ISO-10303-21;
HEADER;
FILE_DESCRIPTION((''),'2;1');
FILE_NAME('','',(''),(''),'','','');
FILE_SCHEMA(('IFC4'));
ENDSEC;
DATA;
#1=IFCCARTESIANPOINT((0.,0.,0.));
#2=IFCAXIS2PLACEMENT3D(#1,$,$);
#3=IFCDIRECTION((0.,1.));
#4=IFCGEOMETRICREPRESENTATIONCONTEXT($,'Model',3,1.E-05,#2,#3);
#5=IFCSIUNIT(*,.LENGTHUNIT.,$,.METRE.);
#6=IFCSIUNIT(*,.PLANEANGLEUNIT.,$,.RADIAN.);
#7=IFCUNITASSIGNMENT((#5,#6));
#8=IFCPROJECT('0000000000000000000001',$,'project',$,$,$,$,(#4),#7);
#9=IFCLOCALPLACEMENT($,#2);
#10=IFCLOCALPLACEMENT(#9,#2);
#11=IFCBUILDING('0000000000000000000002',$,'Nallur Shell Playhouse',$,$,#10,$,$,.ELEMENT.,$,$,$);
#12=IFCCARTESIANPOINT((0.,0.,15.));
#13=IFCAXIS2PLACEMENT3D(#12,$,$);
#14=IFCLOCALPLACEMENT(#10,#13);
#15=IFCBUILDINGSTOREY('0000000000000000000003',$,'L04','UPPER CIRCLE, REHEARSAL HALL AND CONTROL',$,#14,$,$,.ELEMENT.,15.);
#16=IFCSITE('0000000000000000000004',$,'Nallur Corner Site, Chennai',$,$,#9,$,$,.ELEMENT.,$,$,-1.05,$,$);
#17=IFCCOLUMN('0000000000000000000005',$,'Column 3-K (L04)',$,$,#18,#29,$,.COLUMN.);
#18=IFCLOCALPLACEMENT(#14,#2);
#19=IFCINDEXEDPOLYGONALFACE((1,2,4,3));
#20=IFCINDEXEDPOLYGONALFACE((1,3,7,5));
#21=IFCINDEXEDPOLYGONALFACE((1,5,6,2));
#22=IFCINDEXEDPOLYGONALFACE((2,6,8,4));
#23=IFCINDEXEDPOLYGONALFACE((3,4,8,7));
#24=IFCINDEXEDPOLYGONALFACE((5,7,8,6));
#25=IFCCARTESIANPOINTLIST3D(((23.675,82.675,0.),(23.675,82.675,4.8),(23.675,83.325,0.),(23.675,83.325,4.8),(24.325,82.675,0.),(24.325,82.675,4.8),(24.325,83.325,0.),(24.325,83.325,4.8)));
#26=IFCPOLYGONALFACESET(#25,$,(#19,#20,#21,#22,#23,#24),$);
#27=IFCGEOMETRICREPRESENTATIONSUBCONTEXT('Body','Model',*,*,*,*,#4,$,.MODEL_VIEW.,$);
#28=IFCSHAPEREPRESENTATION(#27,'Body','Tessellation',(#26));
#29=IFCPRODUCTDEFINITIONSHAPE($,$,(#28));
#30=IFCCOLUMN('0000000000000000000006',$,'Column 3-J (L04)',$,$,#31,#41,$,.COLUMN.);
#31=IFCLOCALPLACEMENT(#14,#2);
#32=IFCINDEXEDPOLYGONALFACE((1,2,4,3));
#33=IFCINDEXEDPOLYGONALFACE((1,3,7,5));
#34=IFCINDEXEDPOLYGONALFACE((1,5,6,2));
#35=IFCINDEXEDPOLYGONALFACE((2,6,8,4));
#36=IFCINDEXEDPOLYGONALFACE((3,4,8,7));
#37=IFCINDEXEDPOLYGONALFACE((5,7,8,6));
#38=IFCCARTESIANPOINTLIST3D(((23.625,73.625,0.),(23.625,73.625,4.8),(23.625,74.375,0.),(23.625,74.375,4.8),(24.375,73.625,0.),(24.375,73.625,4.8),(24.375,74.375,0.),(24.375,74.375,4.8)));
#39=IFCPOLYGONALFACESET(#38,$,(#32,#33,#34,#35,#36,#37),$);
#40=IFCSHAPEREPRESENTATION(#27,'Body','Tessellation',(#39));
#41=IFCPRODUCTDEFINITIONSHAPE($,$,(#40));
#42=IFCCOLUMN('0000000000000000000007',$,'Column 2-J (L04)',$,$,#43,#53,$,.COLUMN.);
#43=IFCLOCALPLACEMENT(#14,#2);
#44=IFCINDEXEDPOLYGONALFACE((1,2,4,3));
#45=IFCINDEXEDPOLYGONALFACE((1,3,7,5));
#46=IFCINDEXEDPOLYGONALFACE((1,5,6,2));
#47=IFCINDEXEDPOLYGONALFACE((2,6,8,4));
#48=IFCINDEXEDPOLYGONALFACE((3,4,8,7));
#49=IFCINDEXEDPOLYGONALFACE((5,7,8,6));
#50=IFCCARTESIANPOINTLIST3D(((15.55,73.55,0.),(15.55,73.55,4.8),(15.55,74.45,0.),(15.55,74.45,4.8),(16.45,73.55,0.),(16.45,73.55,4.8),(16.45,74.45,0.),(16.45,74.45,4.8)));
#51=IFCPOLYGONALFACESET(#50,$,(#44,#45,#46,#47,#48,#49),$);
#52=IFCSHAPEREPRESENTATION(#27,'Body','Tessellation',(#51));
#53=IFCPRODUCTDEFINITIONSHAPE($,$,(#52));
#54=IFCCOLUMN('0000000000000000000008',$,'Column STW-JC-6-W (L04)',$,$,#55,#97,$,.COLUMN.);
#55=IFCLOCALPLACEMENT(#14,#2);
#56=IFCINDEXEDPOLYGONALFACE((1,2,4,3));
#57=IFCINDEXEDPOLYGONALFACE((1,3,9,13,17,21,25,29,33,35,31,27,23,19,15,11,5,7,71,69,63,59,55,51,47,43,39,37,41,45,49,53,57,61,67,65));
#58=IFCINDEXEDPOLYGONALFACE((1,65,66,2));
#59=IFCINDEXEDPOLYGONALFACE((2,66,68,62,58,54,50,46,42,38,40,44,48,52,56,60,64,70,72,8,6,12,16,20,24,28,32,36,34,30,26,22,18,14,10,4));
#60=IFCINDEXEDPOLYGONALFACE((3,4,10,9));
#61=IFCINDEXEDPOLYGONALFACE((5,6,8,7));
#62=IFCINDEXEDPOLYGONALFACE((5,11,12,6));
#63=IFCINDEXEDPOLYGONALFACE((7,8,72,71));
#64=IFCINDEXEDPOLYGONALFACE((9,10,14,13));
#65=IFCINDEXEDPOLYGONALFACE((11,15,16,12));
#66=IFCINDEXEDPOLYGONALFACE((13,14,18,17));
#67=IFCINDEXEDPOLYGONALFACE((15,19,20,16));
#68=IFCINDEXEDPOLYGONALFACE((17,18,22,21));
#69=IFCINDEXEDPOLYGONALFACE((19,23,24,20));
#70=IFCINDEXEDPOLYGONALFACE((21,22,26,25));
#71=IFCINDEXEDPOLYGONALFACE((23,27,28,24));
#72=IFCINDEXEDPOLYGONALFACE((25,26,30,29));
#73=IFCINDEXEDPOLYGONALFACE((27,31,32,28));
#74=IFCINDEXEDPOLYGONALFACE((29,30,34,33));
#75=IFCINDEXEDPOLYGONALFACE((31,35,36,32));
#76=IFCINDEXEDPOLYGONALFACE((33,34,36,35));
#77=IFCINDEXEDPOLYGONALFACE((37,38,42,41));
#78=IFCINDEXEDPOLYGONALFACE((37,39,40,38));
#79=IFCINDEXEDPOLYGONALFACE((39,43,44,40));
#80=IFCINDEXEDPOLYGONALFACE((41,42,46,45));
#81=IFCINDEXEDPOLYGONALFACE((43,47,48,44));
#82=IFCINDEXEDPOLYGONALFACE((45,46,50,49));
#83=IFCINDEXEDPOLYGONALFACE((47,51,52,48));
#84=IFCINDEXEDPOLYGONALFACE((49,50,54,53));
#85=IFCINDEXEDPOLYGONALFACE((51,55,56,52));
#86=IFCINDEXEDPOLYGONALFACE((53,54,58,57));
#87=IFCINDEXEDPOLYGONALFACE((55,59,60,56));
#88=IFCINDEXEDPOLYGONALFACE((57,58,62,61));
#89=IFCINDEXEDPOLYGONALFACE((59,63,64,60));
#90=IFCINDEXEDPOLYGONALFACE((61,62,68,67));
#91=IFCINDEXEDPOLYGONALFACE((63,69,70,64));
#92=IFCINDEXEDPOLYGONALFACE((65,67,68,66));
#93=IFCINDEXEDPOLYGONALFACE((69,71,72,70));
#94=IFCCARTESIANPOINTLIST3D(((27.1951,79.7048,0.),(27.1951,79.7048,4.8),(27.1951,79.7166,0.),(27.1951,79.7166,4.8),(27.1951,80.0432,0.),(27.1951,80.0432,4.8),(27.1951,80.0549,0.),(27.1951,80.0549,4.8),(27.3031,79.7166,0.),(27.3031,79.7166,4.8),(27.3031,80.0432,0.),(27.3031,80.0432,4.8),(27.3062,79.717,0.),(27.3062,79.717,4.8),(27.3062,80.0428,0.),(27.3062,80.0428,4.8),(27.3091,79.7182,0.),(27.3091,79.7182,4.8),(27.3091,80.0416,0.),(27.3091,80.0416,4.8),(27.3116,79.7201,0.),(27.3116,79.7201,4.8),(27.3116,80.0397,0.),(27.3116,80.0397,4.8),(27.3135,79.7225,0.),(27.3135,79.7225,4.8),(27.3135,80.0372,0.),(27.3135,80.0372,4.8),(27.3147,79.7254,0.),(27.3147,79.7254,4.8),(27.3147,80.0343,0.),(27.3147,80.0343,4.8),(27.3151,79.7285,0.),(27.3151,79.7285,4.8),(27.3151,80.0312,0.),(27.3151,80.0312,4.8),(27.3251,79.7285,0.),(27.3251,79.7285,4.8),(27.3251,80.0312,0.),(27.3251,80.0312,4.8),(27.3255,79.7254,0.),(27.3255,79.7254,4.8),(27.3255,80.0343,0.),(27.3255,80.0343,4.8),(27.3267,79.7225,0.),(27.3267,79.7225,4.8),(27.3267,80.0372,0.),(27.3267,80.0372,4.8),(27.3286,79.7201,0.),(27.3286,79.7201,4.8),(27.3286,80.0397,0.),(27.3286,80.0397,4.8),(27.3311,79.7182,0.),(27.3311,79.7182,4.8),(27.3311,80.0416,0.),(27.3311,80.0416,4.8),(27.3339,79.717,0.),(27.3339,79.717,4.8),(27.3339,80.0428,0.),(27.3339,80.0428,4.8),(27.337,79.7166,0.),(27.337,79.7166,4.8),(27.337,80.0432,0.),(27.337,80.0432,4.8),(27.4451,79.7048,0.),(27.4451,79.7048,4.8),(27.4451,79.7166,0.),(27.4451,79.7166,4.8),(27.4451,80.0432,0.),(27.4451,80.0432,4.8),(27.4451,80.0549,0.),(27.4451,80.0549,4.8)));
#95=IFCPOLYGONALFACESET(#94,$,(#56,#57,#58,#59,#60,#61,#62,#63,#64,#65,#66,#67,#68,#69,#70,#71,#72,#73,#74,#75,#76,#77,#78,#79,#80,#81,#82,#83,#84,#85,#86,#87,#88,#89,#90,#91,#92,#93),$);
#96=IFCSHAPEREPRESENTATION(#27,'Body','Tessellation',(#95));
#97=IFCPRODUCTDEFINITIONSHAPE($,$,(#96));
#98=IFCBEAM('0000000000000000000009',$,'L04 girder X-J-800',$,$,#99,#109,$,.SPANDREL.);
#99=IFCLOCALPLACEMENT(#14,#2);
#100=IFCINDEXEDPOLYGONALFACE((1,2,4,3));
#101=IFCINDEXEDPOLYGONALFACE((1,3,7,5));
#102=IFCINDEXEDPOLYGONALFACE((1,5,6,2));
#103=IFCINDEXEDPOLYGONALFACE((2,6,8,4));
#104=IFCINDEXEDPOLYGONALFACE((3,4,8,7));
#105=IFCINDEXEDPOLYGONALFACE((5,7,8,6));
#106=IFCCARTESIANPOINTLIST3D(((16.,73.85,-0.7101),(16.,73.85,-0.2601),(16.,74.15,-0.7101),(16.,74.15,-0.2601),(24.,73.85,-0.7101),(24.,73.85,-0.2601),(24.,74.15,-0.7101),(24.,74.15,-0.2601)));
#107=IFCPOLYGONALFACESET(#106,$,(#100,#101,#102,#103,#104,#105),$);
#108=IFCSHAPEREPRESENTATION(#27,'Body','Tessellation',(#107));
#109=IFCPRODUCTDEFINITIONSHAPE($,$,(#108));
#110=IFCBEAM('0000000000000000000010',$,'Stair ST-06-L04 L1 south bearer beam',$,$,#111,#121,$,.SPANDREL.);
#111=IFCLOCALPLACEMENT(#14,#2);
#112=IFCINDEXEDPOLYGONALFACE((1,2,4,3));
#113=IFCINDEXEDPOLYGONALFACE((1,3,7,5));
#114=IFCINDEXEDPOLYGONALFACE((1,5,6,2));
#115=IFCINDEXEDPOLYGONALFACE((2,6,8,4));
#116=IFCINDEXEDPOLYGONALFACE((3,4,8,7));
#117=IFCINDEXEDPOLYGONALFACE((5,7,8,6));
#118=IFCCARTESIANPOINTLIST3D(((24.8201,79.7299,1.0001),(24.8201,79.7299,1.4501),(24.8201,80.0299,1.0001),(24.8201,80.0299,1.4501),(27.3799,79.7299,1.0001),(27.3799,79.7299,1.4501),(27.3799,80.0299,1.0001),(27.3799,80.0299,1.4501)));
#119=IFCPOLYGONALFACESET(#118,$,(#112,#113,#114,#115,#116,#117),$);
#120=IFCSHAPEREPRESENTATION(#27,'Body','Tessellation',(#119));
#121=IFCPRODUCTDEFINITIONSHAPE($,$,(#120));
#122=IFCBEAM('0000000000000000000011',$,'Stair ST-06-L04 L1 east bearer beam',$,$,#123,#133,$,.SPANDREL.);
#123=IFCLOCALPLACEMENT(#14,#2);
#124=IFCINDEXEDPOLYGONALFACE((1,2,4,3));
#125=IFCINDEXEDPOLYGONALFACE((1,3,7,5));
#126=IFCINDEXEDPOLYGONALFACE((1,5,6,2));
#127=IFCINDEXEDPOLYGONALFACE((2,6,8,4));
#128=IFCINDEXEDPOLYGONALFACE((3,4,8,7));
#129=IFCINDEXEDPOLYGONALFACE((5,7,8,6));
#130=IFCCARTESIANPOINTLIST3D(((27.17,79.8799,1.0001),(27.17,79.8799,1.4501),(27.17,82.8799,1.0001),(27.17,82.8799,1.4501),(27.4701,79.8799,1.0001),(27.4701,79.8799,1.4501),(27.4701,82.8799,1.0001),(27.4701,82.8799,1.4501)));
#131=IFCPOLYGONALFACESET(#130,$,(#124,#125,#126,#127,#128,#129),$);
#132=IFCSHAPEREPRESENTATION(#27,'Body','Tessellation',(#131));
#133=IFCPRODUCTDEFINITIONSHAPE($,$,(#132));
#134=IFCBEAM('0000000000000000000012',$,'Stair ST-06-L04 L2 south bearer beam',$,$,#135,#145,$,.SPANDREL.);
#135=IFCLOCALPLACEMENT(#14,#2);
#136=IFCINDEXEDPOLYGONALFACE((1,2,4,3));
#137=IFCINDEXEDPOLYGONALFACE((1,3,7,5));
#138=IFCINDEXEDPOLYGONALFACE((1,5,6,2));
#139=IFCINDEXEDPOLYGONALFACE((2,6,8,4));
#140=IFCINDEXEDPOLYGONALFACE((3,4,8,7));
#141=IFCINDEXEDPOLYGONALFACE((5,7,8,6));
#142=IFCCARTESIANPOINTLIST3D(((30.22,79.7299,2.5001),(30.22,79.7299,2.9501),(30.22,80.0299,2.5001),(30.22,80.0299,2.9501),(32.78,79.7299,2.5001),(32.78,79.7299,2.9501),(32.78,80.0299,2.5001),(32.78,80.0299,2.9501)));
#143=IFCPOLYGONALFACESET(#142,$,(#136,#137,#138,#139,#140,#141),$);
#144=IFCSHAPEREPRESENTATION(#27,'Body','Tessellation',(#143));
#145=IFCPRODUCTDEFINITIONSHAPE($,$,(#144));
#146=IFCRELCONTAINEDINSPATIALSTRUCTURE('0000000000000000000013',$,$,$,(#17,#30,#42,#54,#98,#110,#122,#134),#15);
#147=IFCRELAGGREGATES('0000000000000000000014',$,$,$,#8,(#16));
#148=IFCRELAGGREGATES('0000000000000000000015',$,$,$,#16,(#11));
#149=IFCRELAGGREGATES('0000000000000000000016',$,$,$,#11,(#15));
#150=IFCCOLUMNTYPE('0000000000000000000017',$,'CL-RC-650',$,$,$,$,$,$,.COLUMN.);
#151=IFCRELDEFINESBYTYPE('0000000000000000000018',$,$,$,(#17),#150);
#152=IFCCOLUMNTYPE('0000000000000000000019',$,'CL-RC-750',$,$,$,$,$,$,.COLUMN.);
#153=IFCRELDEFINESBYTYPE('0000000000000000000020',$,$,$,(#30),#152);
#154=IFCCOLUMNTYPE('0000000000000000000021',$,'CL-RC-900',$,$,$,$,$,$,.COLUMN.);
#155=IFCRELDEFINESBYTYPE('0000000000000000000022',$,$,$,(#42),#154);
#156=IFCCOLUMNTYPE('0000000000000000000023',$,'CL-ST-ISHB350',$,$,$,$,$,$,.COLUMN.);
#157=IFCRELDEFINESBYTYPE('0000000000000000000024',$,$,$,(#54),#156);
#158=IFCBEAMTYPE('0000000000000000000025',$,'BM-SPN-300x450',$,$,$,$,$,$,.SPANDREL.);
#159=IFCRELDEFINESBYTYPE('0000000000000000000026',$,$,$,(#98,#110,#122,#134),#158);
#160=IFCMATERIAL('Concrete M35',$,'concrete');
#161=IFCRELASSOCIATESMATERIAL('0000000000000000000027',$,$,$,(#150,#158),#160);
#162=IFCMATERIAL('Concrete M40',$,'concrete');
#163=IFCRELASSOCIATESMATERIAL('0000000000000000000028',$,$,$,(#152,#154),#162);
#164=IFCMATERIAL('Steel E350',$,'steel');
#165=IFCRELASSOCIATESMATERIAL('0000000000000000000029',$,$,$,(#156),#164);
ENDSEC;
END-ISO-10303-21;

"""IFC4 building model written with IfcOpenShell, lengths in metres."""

from ifc_helpers import new_model, si_unit, direction, frame, origin, origin_2d, place, context, subcontext, project, spatial, rectangle, i_section, extrude, material, material_profile, profile_set, type_object, element, save


model = new_model("IFC4")

# Units and contexts
model_context = context("Model", 3, precision=1e-05, world=origin(), true_north=direction((0.0, 1.0)))
body_context = subcontext(model_context, "Body", "Model", "MODEL_VIEW")
ifc_project = project(units=[si_unit("LENGTHUNIT", "METRE"), si_unit("PLANEANGLEUNIT", "RADIAN")], contexts=[model_context])

# Site, building, storey
site_placement = place(None, origin())
site = spatial("IfcSite", under=ifc_project, at=site_placement, Name="Nallur Corner Site, Chennai", CompositionType="ELEMENT", RefElevation=-1.05)
building_placement = place(site_placement, origin())
building = spatial("IfcBuilding", under=site, at=building_placement, Name="Nallur Shell Playhouse", CompositionType="ELEMENT")
storey_placement = place(building_placement, frame((0.0, 0.0, 15.0)))
storey = spatial("IfcBuildingStorey", under=building, at=storey_placement, Name="L04", Description="UPPER CIRCLE, REHEARSAL HALL AND CONTROL", CompositionType="ELEMENT", Elevation=15.0)

# Columns
ifc_material_1 = material(Name="Concrete M35", Category="concrete")
ifc_material_profile_1 = material_profile(ifc_material_1, rectangle(XDim=0.6499, YDim=0.6499, at=origin_2d()), Name="RC 650x650")
ifc_profile_set_1 = profile_set([ifc_material_profile_1], Name="Concrete M35")
column_type_1 = type_object("IfcColumnType", Name="CL-RC-650", PredefinedType="COLUMN", material=ifc_profile_set_1)
column_1_placement = place(storey_placement, frame((24.0, 83.0, 0.0), z_axis=(0.0, 0.0, 1.0), x_axis=(1.0, 0.0, 0.0)))
element("IfcColumn", 1, at=column_1_placement, inside=storey, type_object=column_type_1, Name="Column 3-K (L04)", PredefinedType="COLUMN", context=body_context, shape_type="SweptSolid", body=[
    extrude(rectangle(XDim=0.6499, YDim=0.6499, at=origin_2d()), origin(), (0.0, 0.0, 1.0), 4.8),
])
ifc_material_2 = material(Name="Concrete M40", Category="concrete")
ifc_material_profile_2 = material_profile(ifc_material_2, rectangle(XDim=0.75, YDim=0.75, at=origin_2d()), Name="RC 750x750")
ifc_profile_set_2 = profile_set([ifc_material_profile_2], Name="Concrete M40")
column_type_2 = type_object("IfcColumnType", Name="CL-RC-750", PredefinedType="COLUMN", material=ifc_profile_set_2)
column_2_placement = place(storey_placement, frame((24.0, 74.0, 0.0), z_axis=(0.0, 0.0, 1.0), x_axis=(1.0, 0.0, 0.0)))
element("IfcColumn", 2, at=column_2_placement, inside=storey, type_object=column_type_2, Name="Column 3-J (L04)", PredefinedType="COLUMN", context=body_context, shape_type="SweptSolid", body=[
    extrude(rectangle(XDim=0.75, YDim=0.75, at=origin_2d()), origin(), (0.0, 0.0, 1.0), 4.8),
])
ifc_material_profile_3 = material_profile(ifc_material_2, rectangle(XDim=0.8999, YDim=0.8999, at=origin_2d()), Name="RC 900x900")
ifc_profile_set_3 = profile_set([ifc_material_profile_3], Name="Concrete M40")
column_type_3 = type_object("IfcColumnType", Name="CL-RC-900", PredefinedType="COLUMN", material=ifc_profile_set_3)
column_3_placement = place(storey_placement, frame((16.0, 74.0, 0.0), z_axis=(0.0, 0.0, 1.0), x_axis=(1.0, 0.0, 0.0)))
element("IfcColumn", 3, at=column_3_placement, inside=storey, type_object=column_type_3, Name="Column 2-J (L04)", PredefinedType="COLUMN", context=body_context, shape_type="SweptSolid", body=[
    extrude(rectangle(XDim=0.8999, YDim=0.8999, at=origin_2d()), origin(), (0.0, 0.0, 1.0), 4.8),
])
ifc_material_3 = material(Name="Steel E350", Category="steel")
ifc_material_profile_4 = material_profile(ifc_material_3, i_section(OverallWidth=0.25, OverallDepth=0.3501, WebThickness=0.01, FlangeThickness=0.0117, FilletRadius=0.012, at=origin_2d()), Name="ISHB 350")
ifc_profile_set_4 = profile_set([ifc_material_profile_4], Name="Steel E350")
column_type_4 = type_object("IfcColumnType", Name="CL-ST-ISHB350", PredefinedType="COLUMN", material=ifc_profile_set_4)
column_4_placement = place(storey_placement, frame((27.3201, 79.8799, 0.0), z_axis=(0.0, 0.0, 1.0), x_axis=(1.0, 0.0, 0.0)))
element("IfcColumn", 4, at=column_4_placement, inside=storey, type_object=column_type_4, Name="Column STW-JC-6-W (L04)", PredefinedType="COLUMN", context=body_context, shape_type="SweptSolid", body=[
    extrude(i_section(OverallWidth=0.25, OverallDepth=0.3501, WebThickness=0.01, FlangeThickness=0.0117, FilletRadius=0.012, at=origin_2d()), origin(), (0.0, 0.0, 1.0), 4.8),
])

# Beams
ifc_material_profile_5 = material_profile(ifc_material_1, rectangle(XDim=0.3, YDim=0.45, at=origin_2d()), Name="RC 300x450")
ifc_profile_set_5 = profile_set([ifc_material_profile_5], Name="Concrete M35")
beam_type_1 = type_object("IfcBeamType", Name="BM-SPN-300x450", PredefinedType="SPANDREL", material=ifc_profile_set_5)
beam_1_placement = place(storey_placement, frame((16.0, 74.0, -0.4851), z_axis=(1.0, 0.0, 0.0), x_axis=(0.0, 1.0, 0.0)))
element("IfcBeam", 5, at=beam_1_placement, inside=storey, type_object=beam_type_1, Name="L04 girder X-J-800", PredefinedType="SPANDREL", context=body_context, shape_type="SweptSolid", body=[
    extrude(rectangle(XDim=0.3, YDim=0.45, at=origin_2d()), origin(), (0.0, 0.0, 1.0), 8.0),
])
beam_2_placement = place(storey_placement, frame((24.8201, 79.8799, 1.2251), z_axis=(1.0, 0.0, 0.0), x_axis=(0.0, 1.0, 0.0)))
element("IfcBeam", 6, at=beam_2_placement, inside=storey, type_object=beam_type_1, Name="Stair ST-06-L04 L1 south bearer beam", PredefinedType="SPANDREL", context=body_context, shape_type="SweptSolid", body=[
    extrude(rectangle(XDim=0.3, YDim=0.45, at=origin_2d()), origin(), (0.0, 0.0, 1.0), 2.5598),
])
beam_3_placement = place(storey_placement, frame((27.3201, 79.8799, 1.2251), z_axis=(0.0, 1.0, 0.0), x_axis=(-1.0, 0.0, 0.0)))
element("IfcBeam", 7, at=beam_3_placement, inside=storey, type_object=beam_type_1, Name="Stair ST-06-L04 L1 east bearer beam", PredefinedType="SPANDREL", context=body_context, shape_type="SweptSolid", body=[
    extrude(rectangle(XDim=0.3, YDim=0.45, at=origin_2d()), origin(), (0.0, 0.0, 1.0), 3.0),
])
beam_4_placement = place(storey_placement, frame((30.22, 79.8799, 2.7251), z_axis=(1.0, 0.0, 0.0), x_axis=(0.0, 1.0, 0.0)))
element("IfcBeam", 8, at=beam_4_placement, inside=storey, type_object=beam_type_1, Name="Stair ST-06-L04 L2 south bearer beam", PredefinedType="SPANDREL", context=body_context, shape_type="SweptSolid", body=[
    extrude(rectangle(XDim=0.3, YDim=0.45, at=origin_2d()), origin(), (0.0, 0.0, 1.0), 2.5601),
])

save(model, "model.ifc")
